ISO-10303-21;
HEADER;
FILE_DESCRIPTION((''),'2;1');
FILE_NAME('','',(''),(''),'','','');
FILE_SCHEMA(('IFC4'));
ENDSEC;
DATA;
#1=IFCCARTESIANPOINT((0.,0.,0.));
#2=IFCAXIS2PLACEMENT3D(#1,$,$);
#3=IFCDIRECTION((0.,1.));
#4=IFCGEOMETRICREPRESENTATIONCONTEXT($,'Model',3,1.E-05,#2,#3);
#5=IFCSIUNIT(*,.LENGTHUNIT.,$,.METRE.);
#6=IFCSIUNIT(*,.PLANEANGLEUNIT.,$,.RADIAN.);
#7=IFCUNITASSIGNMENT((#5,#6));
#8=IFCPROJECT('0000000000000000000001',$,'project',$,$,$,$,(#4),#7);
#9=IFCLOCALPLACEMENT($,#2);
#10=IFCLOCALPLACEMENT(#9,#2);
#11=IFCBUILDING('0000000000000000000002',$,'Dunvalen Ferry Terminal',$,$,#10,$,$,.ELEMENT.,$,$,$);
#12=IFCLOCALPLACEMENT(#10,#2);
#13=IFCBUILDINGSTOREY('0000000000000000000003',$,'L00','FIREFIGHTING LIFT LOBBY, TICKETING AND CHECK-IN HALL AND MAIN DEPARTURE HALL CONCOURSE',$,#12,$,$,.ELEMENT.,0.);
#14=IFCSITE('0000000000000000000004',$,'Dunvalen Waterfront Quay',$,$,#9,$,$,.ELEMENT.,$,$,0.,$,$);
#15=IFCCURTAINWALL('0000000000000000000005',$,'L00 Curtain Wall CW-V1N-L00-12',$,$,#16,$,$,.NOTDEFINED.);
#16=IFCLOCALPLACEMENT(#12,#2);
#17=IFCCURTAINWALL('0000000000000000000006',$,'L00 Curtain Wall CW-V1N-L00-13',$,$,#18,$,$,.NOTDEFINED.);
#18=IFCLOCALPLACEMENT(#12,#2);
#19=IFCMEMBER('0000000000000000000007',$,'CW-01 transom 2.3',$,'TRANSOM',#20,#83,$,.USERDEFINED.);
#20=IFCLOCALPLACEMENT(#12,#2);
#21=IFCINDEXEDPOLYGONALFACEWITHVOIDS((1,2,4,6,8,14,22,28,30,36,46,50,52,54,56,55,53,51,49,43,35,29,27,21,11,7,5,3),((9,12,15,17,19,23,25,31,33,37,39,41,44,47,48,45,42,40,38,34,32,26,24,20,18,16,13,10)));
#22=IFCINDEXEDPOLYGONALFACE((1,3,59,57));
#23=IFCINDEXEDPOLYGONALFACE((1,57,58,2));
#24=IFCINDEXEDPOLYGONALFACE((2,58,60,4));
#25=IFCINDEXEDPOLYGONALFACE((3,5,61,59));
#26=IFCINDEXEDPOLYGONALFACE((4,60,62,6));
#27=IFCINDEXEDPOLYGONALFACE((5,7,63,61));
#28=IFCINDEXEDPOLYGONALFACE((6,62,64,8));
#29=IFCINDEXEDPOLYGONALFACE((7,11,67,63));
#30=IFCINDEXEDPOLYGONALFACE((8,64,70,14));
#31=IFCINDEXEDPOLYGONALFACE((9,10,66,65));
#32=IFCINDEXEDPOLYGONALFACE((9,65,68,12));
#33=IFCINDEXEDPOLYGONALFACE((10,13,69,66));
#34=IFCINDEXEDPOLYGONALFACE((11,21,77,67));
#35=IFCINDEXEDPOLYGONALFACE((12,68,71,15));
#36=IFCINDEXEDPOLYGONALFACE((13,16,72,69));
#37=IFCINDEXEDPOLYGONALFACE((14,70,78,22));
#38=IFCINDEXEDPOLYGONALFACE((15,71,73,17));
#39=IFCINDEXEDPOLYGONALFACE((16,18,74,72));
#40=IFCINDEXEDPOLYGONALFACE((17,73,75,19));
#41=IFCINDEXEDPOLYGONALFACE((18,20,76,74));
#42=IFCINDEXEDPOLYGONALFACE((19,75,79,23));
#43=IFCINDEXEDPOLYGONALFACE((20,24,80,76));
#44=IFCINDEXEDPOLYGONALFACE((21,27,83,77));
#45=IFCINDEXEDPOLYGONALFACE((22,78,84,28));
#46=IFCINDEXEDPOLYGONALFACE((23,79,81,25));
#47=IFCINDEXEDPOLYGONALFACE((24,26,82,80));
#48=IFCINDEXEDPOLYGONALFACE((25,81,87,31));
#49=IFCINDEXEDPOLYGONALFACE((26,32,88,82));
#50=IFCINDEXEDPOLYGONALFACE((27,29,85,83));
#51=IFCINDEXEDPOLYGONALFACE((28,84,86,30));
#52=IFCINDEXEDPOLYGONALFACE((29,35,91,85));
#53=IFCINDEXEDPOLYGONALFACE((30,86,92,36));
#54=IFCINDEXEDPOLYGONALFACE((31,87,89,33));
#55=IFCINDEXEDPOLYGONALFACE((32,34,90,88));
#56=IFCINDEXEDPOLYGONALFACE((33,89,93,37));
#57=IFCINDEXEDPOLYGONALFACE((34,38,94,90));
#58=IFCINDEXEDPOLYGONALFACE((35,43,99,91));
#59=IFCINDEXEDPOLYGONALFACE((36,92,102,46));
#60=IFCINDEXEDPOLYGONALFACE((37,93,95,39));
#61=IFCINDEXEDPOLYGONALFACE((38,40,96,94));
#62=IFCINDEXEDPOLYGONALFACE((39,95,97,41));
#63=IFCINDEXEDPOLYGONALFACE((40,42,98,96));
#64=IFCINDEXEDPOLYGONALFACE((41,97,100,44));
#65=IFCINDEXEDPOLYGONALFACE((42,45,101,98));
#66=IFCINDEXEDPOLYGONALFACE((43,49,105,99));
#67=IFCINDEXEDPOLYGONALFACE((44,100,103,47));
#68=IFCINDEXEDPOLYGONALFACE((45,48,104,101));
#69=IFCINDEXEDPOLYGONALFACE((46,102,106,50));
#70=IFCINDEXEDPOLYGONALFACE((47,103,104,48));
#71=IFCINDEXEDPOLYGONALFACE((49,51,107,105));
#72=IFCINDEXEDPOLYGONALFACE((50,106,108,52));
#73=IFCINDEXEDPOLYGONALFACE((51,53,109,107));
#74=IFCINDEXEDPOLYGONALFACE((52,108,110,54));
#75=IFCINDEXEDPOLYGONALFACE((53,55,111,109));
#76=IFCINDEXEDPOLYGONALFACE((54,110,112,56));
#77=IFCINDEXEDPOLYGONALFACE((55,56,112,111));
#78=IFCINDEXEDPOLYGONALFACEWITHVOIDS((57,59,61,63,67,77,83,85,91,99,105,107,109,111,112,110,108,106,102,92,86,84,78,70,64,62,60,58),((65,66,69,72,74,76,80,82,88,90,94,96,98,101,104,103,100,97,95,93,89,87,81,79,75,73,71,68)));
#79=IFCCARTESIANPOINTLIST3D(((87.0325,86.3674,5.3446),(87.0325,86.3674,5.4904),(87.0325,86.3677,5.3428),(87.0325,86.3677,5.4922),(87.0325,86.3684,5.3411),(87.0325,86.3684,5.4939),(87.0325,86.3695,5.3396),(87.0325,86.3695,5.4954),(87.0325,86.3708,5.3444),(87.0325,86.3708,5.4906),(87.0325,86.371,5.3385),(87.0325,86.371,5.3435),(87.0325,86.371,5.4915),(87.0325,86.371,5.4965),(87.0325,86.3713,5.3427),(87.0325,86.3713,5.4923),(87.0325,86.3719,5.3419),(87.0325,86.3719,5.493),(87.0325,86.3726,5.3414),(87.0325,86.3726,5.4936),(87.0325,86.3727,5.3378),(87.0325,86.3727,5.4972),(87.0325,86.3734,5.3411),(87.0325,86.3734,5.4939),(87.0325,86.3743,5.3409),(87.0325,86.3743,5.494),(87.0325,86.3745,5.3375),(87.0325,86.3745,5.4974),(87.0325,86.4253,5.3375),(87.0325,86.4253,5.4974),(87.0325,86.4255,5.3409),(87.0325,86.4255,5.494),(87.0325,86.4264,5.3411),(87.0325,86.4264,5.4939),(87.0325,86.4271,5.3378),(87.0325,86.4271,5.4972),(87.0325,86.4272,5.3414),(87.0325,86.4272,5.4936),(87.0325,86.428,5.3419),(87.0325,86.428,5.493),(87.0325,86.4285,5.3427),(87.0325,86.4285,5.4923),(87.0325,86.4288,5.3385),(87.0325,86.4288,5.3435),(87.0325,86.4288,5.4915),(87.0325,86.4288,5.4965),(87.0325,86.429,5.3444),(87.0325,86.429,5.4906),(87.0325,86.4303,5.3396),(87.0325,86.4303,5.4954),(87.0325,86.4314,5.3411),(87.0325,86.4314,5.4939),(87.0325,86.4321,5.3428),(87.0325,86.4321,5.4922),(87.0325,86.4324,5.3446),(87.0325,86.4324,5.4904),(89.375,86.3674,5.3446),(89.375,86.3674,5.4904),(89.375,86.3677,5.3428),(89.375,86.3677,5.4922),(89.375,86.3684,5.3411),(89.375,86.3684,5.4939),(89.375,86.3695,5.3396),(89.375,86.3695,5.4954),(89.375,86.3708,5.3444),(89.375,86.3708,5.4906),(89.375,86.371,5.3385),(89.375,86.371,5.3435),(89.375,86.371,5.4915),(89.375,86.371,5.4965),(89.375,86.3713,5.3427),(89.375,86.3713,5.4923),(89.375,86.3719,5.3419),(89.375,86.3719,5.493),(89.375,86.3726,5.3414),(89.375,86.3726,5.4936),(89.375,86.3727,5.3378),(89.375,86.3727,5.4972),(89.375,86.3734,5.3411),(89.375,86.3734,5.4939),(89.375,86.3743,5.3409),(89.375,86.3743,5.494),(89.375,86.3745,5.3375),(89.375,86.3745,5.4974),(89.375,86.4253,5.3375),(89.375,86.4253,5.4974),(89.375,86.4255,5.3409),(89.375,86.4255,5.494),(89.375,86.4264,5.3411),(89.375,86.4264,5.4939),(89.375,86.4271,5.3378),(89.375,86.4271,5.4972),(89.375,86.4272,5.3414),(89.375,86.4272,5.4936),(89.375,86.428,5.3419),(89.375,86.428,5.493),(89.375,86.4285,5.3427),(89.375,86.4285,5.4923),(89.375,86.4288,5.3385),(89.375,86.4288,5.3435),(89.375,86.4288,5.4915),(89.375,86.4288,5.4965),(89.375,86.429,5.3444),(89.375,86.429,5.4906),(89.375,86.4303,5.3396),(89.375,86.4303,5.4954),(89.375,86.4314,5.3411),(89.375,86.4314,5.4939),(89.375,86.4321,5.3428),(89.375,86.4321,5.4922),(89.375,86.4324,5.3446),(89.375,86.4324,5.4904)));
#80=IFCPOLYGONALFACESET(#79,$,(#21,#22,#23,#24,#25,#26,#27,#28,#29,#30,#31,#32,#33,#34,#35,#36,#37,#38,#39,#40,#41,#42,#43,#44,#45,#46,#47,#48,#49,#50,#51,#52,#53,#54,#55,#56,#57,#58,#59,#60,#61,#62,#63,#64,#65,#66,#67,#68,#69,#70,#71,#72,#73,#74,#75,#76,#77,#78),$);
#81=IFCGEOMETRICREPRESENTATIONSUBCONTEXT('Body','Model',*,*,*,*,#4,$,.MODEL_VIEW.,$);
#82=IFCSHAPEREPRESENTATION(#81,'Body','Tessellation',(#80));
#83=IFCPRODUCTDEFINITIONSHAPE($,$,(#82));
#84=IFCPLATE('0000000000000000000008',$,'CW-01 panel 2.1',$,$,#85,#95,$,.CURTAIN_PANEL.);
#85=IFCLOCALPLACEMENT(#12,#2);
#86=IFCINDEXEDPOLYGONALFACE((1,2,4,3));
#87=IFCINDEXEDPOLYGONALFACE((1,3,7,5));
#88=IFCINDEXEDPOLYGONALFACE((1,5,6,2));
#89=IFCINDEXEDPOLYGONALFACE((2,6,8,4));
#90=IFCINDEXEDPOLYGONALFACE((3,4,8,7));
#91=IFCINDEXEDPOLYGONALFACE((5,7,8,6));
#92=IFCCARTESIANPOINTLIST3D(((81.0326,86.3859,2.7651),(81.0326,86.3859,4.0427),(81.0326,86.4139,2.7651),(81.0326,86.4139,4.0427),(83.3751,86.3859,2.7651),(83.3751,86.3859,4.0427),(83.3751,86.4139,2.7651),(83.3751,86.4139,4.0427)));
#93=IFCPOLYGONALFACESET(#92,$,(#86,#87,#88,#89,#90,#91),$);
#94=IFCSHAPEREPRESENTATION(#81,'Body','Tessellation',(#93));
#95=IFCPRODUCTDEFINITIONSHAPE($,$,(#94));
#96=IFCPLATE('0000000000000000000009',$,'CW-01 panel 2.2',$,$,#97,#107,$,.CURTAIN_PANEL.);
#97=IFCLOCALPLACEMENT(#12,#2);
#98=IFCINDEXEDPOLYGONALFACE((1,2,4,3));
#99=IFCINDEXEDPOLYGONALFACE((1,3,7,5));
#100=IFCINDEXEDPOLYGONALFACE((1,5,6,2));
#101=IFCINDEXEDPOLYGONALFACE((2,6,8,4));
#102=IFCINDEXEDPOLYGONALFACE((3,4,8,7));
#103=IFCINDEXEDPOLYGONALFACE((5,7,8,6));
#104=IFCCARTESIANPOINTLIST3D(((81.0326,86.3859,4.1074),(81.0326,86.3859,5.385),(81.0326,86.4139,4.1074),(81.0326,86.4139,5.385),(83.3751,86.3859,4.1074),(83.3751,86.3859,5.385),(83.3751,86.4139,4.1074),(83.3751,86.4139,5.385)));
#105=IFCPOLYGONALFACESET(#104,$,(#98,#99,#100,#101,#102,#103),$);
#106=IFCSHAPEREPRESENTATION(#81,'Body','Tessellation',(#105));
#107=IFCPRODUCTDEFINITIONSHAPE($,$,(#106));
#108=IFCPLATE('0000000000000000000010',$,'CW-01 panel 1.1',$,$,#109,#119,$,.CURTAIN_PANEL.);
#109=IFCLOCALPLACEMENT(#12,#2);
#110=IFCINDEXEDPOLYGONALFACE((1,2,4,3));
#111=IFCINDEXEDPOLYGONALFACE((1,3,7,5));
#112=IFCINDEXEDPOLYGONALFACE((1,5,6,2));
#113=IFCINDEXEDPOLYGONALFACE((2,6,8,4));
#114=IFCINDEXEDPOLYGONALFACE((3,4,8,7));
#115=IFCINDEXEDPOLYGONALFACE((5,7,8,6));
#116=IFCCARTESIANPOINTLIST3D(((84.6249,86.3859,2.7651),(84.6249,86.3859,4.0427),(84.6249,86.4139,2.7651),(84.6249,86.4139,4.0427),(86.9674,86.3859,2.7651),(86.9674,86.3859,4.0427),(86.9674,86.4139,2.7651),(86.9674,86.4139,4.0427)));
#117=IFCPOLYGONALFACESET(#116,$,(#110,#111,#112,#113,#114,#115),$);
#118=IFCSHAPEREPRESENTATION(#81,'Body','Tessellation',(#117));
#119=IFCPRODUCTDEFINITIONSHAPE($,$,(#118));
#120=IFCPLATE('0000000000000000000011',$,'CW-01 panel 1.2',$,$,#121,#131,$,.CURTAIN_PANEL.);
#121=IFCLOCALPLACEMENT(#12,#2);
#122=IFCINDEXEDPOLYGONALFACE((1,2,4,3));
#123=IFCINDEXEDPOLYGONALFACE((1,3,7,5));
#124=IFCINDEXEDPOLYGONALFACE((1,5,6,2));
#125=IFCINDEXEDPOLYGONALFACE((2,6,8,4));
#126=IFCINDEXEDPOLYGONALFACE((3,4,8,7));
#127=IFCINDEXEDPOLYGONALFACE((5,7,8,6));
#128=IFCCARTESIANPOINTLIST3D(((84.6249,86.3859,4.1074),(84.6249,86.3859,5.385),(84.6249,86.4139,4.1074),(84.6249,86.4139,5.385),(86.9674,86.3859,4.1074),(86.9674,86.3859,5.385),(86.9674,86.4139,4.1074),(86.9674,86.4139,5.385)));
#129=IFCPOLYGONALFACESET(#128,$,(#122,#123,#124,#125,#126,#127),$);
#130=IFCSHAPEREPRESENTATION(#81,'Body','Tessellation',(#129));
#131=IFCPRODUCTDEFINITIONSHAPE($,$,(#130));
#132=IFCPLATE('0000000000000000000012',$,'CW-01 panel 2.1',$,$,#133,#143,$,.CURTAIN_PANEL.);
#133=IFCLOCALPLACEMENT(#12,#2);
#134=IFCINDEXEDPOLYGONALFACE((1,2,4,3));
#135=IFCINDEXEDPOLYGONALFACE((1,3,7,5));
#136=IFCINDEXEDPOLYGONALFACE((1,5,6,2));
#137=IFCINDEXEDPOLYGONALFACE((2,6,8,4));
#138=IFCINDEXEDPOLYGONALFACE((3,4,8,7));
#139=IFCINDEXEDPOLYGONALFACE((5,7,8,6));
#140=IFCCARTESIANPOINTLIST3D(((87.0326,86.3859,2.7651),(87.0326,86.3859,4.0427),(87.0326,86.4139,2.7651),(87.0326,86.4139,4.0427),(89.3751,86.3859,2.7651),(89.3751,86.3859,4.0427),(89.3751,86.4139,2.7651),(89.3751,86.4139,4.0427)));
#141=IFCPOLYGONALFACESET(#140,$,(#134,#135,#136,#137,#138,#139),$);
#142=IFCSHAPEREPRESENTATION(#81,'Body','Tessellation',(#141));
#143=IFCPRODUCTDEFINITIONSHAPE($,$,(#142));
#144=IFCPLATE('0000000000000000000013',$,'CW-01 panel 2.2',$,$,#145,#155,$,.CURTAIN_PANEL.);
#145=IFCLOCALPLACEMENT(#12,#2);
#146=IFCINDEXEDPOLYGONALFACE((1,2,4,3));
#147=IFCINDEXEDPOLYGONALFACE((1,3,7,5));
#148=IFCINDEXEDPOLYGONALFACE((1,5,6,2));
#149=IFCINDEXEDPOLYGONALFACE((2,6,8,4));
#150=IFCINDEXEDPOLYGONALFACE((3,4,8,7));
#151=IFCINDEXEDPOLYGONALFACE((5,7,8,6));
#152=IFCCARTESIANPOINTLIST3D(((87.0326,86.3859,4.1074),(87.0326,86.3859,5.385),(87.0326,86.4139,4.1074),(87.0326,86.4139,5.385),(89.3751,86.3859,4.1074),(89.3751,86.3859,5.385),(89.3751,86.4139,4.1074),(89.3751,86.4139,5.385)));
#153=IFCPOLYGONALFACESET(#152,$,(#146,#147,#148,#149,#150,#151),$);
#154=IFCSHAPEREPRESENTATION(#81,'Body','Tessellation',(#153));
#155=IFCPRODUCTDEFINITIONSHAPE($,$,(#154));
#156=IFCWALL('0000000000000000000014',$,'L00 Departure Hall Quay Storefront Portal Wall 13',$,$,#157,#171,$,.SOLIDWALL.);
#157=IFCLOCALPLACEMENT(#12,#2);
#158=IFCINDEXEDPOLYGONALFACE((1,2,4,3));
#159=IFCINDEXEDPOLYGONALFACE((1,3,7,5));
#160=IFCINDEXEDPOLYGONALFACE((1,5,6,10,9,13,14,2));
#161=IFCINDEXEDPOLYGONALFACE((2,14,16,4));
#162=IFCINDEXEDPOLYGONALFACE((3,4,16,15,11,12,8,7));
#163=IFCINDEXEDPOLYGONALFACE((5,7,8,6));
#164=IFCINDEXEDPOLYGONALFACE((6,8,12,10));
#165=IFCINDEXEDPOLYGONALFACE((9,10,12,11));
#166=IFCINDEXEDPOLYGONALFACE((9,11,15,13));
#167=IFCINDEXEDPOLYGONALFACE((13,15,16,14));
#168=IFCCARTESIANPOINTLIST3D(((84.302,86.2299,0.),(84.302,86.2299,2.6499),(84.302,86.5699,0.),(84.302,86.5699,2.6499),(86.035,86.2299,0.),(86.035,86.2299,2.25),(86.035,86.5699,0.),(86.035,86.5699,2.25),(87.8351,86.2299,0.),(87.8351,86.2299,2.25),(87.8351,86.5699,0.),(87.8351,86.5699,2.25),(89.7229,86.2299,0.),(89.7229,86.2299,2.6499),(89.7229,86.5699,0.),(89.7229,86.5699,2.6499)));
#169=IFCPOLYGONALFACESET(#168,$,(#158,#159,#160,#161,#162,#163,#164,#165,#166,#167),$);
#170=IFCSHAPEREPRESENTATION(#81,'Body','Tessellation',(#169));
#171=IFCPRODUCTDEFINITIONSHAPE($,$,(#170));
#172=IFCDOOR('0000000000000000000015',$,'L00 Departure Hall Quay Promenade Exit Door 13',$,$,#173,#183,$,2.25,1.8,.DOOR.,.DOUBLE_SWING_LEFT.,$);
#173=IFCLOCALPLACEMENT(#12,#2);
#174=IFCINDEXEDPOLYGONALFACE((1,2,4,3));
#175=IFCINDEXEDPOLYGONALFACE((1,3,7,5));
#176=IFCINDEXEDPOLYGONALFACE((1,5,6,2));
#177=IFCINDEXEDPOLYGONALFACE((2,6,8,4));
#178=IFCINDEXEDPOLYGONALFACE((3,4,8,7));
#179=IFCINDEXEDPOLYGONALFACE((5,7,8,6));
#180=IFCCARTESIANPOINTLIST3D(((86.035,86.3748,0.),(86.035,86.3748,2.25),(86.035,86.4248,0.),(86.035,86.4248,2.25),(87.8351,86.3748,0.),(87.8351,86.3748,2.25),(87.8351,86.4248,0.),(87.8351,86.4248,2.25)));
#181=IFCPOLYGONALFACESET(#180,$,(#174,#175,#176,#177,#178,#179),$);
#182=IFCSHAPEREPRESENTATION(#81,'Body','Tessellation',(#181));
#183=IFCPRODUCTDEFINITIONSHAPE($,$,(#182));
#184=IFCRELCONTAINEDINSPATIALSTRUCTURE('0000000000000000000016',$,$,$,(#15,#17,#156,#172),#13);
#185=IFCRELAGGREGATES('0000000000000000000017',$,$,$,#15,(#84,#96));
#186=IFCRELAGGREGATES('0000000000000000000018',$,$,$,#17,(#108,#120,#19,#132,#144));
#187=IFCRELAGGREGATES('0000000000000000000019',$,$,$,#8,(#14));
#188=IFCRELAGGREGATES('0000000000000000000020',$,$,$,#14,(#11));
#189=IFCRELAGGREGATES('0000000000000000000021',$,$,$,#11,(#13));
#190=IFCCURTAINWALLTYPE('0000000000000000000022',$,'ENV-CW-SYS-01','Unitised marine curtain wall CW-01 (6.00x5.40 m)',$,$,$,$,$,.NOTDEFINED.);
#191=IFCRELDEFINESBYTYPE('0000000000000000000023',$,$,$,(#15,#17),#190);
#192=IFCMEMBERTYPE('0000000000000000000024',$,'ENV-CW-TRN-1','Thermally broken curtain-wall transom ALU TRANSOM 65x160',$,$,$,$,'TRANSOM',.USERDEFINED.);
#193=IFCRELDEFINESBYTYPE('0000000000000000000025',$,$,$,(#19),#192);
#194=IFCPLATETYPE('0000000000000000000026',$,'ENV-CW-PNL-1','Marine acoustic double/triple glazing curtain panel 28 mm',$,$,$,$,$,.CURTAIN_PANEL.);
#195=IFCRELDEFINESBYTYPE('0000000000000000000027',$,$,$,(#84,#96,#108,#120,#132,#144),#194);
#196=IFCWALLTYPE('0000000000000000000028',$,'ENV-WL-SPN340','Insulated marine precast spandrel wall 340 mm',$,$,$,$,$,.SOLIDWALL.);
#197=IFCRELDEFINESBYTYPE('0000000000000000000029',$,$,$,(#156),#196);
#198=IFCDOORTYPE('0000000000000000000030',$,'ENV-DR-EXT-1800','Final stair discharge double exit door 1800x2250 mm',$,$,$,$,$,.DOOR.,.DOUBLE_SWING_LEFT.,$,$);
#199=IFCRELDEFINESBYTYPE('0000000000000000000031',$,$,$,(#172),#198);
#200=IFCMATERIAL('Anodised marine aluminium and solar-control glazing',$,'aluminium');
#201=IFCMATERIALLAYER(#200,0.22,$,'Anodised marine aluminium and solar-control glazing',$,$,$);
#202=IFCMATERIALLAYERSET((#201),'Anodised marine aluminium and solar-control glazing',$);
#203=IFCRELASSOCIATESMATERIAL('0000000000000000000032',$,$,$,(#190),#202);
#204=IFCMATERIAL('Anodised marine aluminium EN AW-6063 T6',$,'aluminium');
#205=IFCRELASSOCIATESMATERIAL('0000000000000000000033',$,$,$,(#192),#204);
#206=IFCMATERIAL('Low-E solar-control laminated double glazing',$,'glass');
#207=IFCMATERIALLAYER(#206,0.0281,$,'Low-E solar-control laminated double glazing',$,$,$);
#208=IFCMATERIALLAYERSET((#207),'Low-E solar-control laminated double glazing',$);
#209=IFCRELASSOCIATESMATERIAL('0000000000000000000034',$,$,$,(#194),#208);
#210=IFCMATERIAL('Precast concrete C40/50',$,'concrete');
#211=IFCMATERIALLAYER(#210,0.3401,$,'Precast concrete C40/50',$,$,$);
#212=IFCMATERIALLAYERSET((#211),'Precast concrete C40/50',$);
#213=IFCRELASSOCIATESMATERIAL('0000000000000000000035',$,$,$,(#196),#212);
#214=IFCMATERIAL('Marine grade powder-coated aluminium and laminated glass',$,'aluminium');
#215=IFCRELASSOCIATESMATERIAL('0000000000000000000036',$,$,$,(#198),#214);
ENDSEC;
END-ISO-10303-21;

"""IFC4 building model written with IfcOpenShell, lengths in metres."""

from ifc_helpers import new_model, si_unit, direction, frame, frame_2d, origin, origin_2d, place, context, subcontext, project, spatial, rectangle, hollow_rectangle, extrude, material, layer, layer_set, material_profile, profile_set, type_object, element, fill, aggregate, save


model = new_model("IFC4")

# Units and contexts
model_context = context("Model", 3, precision=1e-05, world=origin(), true_north=direction((0.0, 1.0)))
body_context = subcontext(model_context, "Body", "Model", "MODEL_VIEW")
ifc_project = project(units=[si_unit("LENGTHUNIT", "METRE"), si_unit("PLANEANGLEUNIT", "RADIAN")], contexts=[model_context])

# Site, building, storey
site_placement = place(None, origin())
site = spatial("IfcSite", under=ifc_project, at=site_placement, Name="Dunvalen Waterfront Quay", CompositionType="ELEMENT", RefElevation=0.0)
building_placement = place(site_placement, origin())
building = spatial("IfcBuilding", under=site, at=building_placement, Name="Dunvalen Ferry Terminal", CompositionType="ELEMENT")
storey_placement = place(building_placement, origin())
storey = spatial("IfcBuildingStorey", under=building, at=storey_placement, Name="L00", Description="FIREFIGHTING LIFT LOBBY, TICKETING AND CHECK-IN HALL AND MAIN DEPARTURE HALL CONCOURSE", CompositionType="ELEMENT", Elevation=0.0)

# Curtain wall
ifc_material_1 = material(Name="Anodised marine aluminium and solar-control glazing", Category="aluminium")
ifc_layer_1 = layer(ifc_material_1, 0.22, Name="Anodised marine aluminium and solar-control glazing")
ifc_layer_set_1 = layer_set([ifc_layer_1], Name="Anodised marine aluminium and solar-control glazing")
curtain_wall_type = type_object("IfcCurtainWallType", Name="ENV-CW-SYS-01", Description="Unitised marine curtain wall CW-01 (6.00x5.40 m)", PredefinedType="NOTDEFINED", material=ifc_layer_set_1)
curtain_wall_1_placement = place(storey_placement, origin())
curtain_wall_1 = element("IfcCurtainWall", 1, at=curtain_wall_1_placement, inside=storey, type_object=curtain_wall_type, Name="L00 Curtain Wall CW-V1N-L00-12", PredefinedType="NOTDEFINED")
ifc_material_2 = material(Name="Anodised marine aluminium EN AW-6063 T6", Category="aluminium")

# Curtain wall
curtain_wall_2_placement = place(storey_placement, origin())
curtain_wall_2 = element("IfcCurtainWall", 2, at=curtain_wall_2_placement, inside=storey, type_object=curtain_wall_type, Name="L00 Curtain Wall CW-V1N-L00-13", PredefinedType="NOTDEFINED")

# Member
ifc_material_profile_1 = material_profile(ifc_material_2, hollow_rectangle(XDim=0.0649, YDim=0.1599, WallThickness=0.0034, InnerFilletRadius=0.0034, OuterFilletRadius=0.0071, at=origin_2d()), Name="Anodised marine aluminium EN AW-6063 T6")
ifc_profile_set_1 = profile_set([ifc_material_profile_1], Name="Anodised marine aluminium EN AW-6063 T6")
member_type_1 = type_object("IfcMemberType", Name="ENV-CW-TRN-1", Description="Thermally broken curtain-wall transom ALU TRANSOM 65x160", ElementType="TRANSOM", PredefinedType="USERDEFINED", material=ifc_profile_set_1)
member_1_placement = place(storey_placement, frame((87.0325, 86.3999, 5.4175), z_axis=(1.0, 0.0, 0.0), x_axis=(0.0, 1.0, 0.0)))
member_1 = element("IfcMember", 3, at=member_1_placement, type_object=member_type_1, Name="CW-01 transom 2.3", ObjectType="TRANSOM", PredefinedType="USERDEFINED", context=body_context, shape_type="SweptSolid", body=[
    extrude(hollow_rectangle(XDim=0.0649, YDim=0.1599, WallThickness=0.0034, InnerFilletRadius=0.0034, OuterFilletRadius=0.0071, at=origin_2d()), origin(), (0.0, 0.0, 1.0), 2.3425),
])

# Plates
ifc_material_3 = material(Name="Low-E solar-control laminated double glazing", Category="glass")
ifc_layer_2 = layer(ifc_material_3, 0.0281, Name="Low-E solar-control laminated double glazing")
ifc_layer_set_2 = layer_set([ifc_layer_2], Name="Low-E solar-control laminated double glazing")
plate_type = type_object("IfcPlateType", Name="ENV-CW-PNL-1", Description="Marine acoustic double/triple glazing curtain panel 28 mm", PredefinedType="CURTAIN_PANEL", material=ifc_layer_set_2)
plate_1_placement = place(storey_placement, frame((82.2039, 86.3999, 2.7651), z_axis=(0.0, 0.0, 1.0), x_axis=(1.0, 0.0, 0.0)))
plate_1 = element("IfcPlate", 4, at=plate_1_placement, type_object=plate_type, Name="CW-01 panel 2.1", PredefinedType="CURTAIN_PANEL", context=body_context, shape_type="SweptSolid", body=[
    extrude(rectangle(XDim=2.3425, YDim=0.0281, at=origin_2d()), origin(), (0.0, 0.0, 1.0), 1.2776),
])
plate_2_placement = place(storey_placement, frame((82.2039, 86.3999, 4.1074), z_axis=(0.0, 0.0, 1.0), x_axis=(1.0, 0.0, 0.0)))
plate_2 = element("IfcPlate", 5, at=plate_2_placement, type_object=plate_type, Name="CW-01 panel 2.2", PredefinedType="CURTAIN_PANEL", context=body_context, shape_type="SweptSolid", body=[
    extrude(rectangle(XDim=2.3425, YDim=0.0281, at=origin_2d()), origin(), (0.0, 0.0, 1.0), 1.2776),
])
aggregate(curtain_wall_1, [plate_1, plate_2])
plate_3_placement = place(storey_placement, frame((85.7961, 86.3999, 2.7651), z_axis=(0.0, 0.0, 1.0), x_axis=(1.0, 0.0, 0.0)))
plate_3 = element("IfcPlate", 6, at=plate_3_placement, type_object=plate_type, Name="CW-01 panel 1.1", PredefinedType="CURTAIN_PANEL", context=body_context, shape_type="SweptSolid", body=[
    extrude(rectangle(XDim=2.3425, YDim=0.0281, at=origin_2d()), origin(), (0.0, 0.0, 1.0), 1.2776),
])
plate_4_placement = place(storey_placement, frame((85.7961, 86.3999, 4.1074), z_axis=(0.0, 0.0, 1.0), x_axis=(1.0, 0.0, 0.0)))
plate_4 = element("IfcPlate", 7, at=plate_4_placement, type_object=plate_type, Name="CW-01 panel 1.2", PredefinedType="CURTAIN_PANEL", context=body_context, shape_type="SweptSolid", body=[
    extrude(rectangle(XDim=2.3425, YDim=0.0281, at=origin_2d()), origin(), (0.0, 0.0, 1.0), 1.2776),
])
plate_5_placement = place(storey_placement, frame((88.2039, 86.3999, 2.7651), z_axis=(0.0, 0.0, 1.0), x_axis=(1.0, 0.0, 0.0)))
plate_5 = element("IfcPlate", 8, at=plate_5_placement, type_object=plate_type, Name="CW-01 panel 2.1", PredefinedType="CURTAIN_PANEL", context=body_context, shape_type="SweptSolid", body=[
    extrude(rectangle(XDim=2.3425, YDim=0.0281, at=origin_2d()), origin(), (0.0, 0.0, 1.0), 1.2776),
])
plate_6_placement = place(storey_placement, frame((88.2039, 86.3999, 4.1074), z_axis=(0.0, 0.0, 1.0), x_axis=(1.0, 0.0, 0.0)))
plate_6 = element("IfcPlate", 9, at=plate_6_placement, type_object=plate_type, Name="CW-01 panel 2.2", PredefinedType="CURTAIN_PANEL", context=body_context, shape_type="SweptSolid", body=[
    extrude(rectangle(XDim=2.3425, YDim=0.0281, at=origin_2d()), origin(), (0.0, 0.0, 1.0), 1.2776),
])
aggregate(curtain_wall_2, [plate_3, plate_4, member_1, plate_5, plate_6])

# Wall, opening, door
ifc_material_4 = material(Name="Precast concrete C40/50", Category="concrete")
ifc_layer_3 = layer(ifc_material_4, 0.3401, Name="Precast concrete C40/50")
ifc_layer_set_3 = layer_set([ifc_layer_3], Name="Precast concrete C40/50")
wall_type = type_object("IfcWallType", Name="ENV-WL-SPN340", Description="Insulated marine precast spandrel wall 340 mm", PredefinedType="SOLIDWALL", material=ifc_layer_set_3)
wall_placement = place(storey_placement, frame((84.302, 86.3999, 0.0), z_axis=(0.0, 0.0, 1.0), x_axis=(1.0, 0.0, 0.0)))
wall = element("IfcWall", 10, at=wall_placement, inside=storey, type_object=wall_type, Name="L00 Departure Hall Quay Storefront Portal Wall 13", PredefinedType="SOLIDWALL", context=body_context, shape_type="SweptSolid", body=[
    extrude(rectangle(XDim=5.4209, YDim=0.3401, at=frame_2d((2.7104, 0.0))), origin(), (0.0, 0.0, 1.0), 2.6499),
])
opening_placement = place(wall_placement, frame((1.7332, 0.0, 0.0)))
opening = element("IfcOpeningElement", 11, at=opening_placement, cuts=wall, PredefinedType="OPENING", context=body_context, shape_type="SweptSolid", body=[
    extrude(rectangle(XDim=1.8, YDim=2.25, at=frame_2d((0.8999, 1.125))), frame((0.0, 0.1802, 0.0), z_axis=(0.0, -1.0, 0.0), x_axis=(1.0, 0.0, 0.0)), (0.0, 0.0, 1.0), 0.3601),
])
ifc_material_5 = material(Name="Marine grade powder-coated aluminium and laminated glass", Category="aluminium")
door_type = type_object("IfcDoorType", Name="ENV-DR-EXT-1800", Description="Final stair discharge double exit door 1800x2250 mm", OperationType="DOUBLE_SWING_LEFT", PredefinedType="DOOR", material=ifc_material_5)
door_placement = place(opening_placement, origin())
door = element("IfcDoor", 12, at=door_placement, inside=storey, type_object=door_type, Name="L00 Departure Hall Quay Promenade Exit Door 13", OperationType="DOUBLE_SWING_LEFT", OverallHeight=2.25, OverallWidth=1.8, PredefinedType="DOOR", context=body_context, shape_type="SweptSolid", body=[
    extrude(rectangle(XDim=1.8, YDim=2.25, at=frame_2d((0.8999, 1.125))), frame((0.0, 0.0249, 0.0), z_axis=(0.0, -1.0, 0.0), x_axis=(1.0, 0.0, 0.0)), (0.0, 0.0, 1.0), 0.05),
])
fill(opening, door)

save(model, "model.ifc")
